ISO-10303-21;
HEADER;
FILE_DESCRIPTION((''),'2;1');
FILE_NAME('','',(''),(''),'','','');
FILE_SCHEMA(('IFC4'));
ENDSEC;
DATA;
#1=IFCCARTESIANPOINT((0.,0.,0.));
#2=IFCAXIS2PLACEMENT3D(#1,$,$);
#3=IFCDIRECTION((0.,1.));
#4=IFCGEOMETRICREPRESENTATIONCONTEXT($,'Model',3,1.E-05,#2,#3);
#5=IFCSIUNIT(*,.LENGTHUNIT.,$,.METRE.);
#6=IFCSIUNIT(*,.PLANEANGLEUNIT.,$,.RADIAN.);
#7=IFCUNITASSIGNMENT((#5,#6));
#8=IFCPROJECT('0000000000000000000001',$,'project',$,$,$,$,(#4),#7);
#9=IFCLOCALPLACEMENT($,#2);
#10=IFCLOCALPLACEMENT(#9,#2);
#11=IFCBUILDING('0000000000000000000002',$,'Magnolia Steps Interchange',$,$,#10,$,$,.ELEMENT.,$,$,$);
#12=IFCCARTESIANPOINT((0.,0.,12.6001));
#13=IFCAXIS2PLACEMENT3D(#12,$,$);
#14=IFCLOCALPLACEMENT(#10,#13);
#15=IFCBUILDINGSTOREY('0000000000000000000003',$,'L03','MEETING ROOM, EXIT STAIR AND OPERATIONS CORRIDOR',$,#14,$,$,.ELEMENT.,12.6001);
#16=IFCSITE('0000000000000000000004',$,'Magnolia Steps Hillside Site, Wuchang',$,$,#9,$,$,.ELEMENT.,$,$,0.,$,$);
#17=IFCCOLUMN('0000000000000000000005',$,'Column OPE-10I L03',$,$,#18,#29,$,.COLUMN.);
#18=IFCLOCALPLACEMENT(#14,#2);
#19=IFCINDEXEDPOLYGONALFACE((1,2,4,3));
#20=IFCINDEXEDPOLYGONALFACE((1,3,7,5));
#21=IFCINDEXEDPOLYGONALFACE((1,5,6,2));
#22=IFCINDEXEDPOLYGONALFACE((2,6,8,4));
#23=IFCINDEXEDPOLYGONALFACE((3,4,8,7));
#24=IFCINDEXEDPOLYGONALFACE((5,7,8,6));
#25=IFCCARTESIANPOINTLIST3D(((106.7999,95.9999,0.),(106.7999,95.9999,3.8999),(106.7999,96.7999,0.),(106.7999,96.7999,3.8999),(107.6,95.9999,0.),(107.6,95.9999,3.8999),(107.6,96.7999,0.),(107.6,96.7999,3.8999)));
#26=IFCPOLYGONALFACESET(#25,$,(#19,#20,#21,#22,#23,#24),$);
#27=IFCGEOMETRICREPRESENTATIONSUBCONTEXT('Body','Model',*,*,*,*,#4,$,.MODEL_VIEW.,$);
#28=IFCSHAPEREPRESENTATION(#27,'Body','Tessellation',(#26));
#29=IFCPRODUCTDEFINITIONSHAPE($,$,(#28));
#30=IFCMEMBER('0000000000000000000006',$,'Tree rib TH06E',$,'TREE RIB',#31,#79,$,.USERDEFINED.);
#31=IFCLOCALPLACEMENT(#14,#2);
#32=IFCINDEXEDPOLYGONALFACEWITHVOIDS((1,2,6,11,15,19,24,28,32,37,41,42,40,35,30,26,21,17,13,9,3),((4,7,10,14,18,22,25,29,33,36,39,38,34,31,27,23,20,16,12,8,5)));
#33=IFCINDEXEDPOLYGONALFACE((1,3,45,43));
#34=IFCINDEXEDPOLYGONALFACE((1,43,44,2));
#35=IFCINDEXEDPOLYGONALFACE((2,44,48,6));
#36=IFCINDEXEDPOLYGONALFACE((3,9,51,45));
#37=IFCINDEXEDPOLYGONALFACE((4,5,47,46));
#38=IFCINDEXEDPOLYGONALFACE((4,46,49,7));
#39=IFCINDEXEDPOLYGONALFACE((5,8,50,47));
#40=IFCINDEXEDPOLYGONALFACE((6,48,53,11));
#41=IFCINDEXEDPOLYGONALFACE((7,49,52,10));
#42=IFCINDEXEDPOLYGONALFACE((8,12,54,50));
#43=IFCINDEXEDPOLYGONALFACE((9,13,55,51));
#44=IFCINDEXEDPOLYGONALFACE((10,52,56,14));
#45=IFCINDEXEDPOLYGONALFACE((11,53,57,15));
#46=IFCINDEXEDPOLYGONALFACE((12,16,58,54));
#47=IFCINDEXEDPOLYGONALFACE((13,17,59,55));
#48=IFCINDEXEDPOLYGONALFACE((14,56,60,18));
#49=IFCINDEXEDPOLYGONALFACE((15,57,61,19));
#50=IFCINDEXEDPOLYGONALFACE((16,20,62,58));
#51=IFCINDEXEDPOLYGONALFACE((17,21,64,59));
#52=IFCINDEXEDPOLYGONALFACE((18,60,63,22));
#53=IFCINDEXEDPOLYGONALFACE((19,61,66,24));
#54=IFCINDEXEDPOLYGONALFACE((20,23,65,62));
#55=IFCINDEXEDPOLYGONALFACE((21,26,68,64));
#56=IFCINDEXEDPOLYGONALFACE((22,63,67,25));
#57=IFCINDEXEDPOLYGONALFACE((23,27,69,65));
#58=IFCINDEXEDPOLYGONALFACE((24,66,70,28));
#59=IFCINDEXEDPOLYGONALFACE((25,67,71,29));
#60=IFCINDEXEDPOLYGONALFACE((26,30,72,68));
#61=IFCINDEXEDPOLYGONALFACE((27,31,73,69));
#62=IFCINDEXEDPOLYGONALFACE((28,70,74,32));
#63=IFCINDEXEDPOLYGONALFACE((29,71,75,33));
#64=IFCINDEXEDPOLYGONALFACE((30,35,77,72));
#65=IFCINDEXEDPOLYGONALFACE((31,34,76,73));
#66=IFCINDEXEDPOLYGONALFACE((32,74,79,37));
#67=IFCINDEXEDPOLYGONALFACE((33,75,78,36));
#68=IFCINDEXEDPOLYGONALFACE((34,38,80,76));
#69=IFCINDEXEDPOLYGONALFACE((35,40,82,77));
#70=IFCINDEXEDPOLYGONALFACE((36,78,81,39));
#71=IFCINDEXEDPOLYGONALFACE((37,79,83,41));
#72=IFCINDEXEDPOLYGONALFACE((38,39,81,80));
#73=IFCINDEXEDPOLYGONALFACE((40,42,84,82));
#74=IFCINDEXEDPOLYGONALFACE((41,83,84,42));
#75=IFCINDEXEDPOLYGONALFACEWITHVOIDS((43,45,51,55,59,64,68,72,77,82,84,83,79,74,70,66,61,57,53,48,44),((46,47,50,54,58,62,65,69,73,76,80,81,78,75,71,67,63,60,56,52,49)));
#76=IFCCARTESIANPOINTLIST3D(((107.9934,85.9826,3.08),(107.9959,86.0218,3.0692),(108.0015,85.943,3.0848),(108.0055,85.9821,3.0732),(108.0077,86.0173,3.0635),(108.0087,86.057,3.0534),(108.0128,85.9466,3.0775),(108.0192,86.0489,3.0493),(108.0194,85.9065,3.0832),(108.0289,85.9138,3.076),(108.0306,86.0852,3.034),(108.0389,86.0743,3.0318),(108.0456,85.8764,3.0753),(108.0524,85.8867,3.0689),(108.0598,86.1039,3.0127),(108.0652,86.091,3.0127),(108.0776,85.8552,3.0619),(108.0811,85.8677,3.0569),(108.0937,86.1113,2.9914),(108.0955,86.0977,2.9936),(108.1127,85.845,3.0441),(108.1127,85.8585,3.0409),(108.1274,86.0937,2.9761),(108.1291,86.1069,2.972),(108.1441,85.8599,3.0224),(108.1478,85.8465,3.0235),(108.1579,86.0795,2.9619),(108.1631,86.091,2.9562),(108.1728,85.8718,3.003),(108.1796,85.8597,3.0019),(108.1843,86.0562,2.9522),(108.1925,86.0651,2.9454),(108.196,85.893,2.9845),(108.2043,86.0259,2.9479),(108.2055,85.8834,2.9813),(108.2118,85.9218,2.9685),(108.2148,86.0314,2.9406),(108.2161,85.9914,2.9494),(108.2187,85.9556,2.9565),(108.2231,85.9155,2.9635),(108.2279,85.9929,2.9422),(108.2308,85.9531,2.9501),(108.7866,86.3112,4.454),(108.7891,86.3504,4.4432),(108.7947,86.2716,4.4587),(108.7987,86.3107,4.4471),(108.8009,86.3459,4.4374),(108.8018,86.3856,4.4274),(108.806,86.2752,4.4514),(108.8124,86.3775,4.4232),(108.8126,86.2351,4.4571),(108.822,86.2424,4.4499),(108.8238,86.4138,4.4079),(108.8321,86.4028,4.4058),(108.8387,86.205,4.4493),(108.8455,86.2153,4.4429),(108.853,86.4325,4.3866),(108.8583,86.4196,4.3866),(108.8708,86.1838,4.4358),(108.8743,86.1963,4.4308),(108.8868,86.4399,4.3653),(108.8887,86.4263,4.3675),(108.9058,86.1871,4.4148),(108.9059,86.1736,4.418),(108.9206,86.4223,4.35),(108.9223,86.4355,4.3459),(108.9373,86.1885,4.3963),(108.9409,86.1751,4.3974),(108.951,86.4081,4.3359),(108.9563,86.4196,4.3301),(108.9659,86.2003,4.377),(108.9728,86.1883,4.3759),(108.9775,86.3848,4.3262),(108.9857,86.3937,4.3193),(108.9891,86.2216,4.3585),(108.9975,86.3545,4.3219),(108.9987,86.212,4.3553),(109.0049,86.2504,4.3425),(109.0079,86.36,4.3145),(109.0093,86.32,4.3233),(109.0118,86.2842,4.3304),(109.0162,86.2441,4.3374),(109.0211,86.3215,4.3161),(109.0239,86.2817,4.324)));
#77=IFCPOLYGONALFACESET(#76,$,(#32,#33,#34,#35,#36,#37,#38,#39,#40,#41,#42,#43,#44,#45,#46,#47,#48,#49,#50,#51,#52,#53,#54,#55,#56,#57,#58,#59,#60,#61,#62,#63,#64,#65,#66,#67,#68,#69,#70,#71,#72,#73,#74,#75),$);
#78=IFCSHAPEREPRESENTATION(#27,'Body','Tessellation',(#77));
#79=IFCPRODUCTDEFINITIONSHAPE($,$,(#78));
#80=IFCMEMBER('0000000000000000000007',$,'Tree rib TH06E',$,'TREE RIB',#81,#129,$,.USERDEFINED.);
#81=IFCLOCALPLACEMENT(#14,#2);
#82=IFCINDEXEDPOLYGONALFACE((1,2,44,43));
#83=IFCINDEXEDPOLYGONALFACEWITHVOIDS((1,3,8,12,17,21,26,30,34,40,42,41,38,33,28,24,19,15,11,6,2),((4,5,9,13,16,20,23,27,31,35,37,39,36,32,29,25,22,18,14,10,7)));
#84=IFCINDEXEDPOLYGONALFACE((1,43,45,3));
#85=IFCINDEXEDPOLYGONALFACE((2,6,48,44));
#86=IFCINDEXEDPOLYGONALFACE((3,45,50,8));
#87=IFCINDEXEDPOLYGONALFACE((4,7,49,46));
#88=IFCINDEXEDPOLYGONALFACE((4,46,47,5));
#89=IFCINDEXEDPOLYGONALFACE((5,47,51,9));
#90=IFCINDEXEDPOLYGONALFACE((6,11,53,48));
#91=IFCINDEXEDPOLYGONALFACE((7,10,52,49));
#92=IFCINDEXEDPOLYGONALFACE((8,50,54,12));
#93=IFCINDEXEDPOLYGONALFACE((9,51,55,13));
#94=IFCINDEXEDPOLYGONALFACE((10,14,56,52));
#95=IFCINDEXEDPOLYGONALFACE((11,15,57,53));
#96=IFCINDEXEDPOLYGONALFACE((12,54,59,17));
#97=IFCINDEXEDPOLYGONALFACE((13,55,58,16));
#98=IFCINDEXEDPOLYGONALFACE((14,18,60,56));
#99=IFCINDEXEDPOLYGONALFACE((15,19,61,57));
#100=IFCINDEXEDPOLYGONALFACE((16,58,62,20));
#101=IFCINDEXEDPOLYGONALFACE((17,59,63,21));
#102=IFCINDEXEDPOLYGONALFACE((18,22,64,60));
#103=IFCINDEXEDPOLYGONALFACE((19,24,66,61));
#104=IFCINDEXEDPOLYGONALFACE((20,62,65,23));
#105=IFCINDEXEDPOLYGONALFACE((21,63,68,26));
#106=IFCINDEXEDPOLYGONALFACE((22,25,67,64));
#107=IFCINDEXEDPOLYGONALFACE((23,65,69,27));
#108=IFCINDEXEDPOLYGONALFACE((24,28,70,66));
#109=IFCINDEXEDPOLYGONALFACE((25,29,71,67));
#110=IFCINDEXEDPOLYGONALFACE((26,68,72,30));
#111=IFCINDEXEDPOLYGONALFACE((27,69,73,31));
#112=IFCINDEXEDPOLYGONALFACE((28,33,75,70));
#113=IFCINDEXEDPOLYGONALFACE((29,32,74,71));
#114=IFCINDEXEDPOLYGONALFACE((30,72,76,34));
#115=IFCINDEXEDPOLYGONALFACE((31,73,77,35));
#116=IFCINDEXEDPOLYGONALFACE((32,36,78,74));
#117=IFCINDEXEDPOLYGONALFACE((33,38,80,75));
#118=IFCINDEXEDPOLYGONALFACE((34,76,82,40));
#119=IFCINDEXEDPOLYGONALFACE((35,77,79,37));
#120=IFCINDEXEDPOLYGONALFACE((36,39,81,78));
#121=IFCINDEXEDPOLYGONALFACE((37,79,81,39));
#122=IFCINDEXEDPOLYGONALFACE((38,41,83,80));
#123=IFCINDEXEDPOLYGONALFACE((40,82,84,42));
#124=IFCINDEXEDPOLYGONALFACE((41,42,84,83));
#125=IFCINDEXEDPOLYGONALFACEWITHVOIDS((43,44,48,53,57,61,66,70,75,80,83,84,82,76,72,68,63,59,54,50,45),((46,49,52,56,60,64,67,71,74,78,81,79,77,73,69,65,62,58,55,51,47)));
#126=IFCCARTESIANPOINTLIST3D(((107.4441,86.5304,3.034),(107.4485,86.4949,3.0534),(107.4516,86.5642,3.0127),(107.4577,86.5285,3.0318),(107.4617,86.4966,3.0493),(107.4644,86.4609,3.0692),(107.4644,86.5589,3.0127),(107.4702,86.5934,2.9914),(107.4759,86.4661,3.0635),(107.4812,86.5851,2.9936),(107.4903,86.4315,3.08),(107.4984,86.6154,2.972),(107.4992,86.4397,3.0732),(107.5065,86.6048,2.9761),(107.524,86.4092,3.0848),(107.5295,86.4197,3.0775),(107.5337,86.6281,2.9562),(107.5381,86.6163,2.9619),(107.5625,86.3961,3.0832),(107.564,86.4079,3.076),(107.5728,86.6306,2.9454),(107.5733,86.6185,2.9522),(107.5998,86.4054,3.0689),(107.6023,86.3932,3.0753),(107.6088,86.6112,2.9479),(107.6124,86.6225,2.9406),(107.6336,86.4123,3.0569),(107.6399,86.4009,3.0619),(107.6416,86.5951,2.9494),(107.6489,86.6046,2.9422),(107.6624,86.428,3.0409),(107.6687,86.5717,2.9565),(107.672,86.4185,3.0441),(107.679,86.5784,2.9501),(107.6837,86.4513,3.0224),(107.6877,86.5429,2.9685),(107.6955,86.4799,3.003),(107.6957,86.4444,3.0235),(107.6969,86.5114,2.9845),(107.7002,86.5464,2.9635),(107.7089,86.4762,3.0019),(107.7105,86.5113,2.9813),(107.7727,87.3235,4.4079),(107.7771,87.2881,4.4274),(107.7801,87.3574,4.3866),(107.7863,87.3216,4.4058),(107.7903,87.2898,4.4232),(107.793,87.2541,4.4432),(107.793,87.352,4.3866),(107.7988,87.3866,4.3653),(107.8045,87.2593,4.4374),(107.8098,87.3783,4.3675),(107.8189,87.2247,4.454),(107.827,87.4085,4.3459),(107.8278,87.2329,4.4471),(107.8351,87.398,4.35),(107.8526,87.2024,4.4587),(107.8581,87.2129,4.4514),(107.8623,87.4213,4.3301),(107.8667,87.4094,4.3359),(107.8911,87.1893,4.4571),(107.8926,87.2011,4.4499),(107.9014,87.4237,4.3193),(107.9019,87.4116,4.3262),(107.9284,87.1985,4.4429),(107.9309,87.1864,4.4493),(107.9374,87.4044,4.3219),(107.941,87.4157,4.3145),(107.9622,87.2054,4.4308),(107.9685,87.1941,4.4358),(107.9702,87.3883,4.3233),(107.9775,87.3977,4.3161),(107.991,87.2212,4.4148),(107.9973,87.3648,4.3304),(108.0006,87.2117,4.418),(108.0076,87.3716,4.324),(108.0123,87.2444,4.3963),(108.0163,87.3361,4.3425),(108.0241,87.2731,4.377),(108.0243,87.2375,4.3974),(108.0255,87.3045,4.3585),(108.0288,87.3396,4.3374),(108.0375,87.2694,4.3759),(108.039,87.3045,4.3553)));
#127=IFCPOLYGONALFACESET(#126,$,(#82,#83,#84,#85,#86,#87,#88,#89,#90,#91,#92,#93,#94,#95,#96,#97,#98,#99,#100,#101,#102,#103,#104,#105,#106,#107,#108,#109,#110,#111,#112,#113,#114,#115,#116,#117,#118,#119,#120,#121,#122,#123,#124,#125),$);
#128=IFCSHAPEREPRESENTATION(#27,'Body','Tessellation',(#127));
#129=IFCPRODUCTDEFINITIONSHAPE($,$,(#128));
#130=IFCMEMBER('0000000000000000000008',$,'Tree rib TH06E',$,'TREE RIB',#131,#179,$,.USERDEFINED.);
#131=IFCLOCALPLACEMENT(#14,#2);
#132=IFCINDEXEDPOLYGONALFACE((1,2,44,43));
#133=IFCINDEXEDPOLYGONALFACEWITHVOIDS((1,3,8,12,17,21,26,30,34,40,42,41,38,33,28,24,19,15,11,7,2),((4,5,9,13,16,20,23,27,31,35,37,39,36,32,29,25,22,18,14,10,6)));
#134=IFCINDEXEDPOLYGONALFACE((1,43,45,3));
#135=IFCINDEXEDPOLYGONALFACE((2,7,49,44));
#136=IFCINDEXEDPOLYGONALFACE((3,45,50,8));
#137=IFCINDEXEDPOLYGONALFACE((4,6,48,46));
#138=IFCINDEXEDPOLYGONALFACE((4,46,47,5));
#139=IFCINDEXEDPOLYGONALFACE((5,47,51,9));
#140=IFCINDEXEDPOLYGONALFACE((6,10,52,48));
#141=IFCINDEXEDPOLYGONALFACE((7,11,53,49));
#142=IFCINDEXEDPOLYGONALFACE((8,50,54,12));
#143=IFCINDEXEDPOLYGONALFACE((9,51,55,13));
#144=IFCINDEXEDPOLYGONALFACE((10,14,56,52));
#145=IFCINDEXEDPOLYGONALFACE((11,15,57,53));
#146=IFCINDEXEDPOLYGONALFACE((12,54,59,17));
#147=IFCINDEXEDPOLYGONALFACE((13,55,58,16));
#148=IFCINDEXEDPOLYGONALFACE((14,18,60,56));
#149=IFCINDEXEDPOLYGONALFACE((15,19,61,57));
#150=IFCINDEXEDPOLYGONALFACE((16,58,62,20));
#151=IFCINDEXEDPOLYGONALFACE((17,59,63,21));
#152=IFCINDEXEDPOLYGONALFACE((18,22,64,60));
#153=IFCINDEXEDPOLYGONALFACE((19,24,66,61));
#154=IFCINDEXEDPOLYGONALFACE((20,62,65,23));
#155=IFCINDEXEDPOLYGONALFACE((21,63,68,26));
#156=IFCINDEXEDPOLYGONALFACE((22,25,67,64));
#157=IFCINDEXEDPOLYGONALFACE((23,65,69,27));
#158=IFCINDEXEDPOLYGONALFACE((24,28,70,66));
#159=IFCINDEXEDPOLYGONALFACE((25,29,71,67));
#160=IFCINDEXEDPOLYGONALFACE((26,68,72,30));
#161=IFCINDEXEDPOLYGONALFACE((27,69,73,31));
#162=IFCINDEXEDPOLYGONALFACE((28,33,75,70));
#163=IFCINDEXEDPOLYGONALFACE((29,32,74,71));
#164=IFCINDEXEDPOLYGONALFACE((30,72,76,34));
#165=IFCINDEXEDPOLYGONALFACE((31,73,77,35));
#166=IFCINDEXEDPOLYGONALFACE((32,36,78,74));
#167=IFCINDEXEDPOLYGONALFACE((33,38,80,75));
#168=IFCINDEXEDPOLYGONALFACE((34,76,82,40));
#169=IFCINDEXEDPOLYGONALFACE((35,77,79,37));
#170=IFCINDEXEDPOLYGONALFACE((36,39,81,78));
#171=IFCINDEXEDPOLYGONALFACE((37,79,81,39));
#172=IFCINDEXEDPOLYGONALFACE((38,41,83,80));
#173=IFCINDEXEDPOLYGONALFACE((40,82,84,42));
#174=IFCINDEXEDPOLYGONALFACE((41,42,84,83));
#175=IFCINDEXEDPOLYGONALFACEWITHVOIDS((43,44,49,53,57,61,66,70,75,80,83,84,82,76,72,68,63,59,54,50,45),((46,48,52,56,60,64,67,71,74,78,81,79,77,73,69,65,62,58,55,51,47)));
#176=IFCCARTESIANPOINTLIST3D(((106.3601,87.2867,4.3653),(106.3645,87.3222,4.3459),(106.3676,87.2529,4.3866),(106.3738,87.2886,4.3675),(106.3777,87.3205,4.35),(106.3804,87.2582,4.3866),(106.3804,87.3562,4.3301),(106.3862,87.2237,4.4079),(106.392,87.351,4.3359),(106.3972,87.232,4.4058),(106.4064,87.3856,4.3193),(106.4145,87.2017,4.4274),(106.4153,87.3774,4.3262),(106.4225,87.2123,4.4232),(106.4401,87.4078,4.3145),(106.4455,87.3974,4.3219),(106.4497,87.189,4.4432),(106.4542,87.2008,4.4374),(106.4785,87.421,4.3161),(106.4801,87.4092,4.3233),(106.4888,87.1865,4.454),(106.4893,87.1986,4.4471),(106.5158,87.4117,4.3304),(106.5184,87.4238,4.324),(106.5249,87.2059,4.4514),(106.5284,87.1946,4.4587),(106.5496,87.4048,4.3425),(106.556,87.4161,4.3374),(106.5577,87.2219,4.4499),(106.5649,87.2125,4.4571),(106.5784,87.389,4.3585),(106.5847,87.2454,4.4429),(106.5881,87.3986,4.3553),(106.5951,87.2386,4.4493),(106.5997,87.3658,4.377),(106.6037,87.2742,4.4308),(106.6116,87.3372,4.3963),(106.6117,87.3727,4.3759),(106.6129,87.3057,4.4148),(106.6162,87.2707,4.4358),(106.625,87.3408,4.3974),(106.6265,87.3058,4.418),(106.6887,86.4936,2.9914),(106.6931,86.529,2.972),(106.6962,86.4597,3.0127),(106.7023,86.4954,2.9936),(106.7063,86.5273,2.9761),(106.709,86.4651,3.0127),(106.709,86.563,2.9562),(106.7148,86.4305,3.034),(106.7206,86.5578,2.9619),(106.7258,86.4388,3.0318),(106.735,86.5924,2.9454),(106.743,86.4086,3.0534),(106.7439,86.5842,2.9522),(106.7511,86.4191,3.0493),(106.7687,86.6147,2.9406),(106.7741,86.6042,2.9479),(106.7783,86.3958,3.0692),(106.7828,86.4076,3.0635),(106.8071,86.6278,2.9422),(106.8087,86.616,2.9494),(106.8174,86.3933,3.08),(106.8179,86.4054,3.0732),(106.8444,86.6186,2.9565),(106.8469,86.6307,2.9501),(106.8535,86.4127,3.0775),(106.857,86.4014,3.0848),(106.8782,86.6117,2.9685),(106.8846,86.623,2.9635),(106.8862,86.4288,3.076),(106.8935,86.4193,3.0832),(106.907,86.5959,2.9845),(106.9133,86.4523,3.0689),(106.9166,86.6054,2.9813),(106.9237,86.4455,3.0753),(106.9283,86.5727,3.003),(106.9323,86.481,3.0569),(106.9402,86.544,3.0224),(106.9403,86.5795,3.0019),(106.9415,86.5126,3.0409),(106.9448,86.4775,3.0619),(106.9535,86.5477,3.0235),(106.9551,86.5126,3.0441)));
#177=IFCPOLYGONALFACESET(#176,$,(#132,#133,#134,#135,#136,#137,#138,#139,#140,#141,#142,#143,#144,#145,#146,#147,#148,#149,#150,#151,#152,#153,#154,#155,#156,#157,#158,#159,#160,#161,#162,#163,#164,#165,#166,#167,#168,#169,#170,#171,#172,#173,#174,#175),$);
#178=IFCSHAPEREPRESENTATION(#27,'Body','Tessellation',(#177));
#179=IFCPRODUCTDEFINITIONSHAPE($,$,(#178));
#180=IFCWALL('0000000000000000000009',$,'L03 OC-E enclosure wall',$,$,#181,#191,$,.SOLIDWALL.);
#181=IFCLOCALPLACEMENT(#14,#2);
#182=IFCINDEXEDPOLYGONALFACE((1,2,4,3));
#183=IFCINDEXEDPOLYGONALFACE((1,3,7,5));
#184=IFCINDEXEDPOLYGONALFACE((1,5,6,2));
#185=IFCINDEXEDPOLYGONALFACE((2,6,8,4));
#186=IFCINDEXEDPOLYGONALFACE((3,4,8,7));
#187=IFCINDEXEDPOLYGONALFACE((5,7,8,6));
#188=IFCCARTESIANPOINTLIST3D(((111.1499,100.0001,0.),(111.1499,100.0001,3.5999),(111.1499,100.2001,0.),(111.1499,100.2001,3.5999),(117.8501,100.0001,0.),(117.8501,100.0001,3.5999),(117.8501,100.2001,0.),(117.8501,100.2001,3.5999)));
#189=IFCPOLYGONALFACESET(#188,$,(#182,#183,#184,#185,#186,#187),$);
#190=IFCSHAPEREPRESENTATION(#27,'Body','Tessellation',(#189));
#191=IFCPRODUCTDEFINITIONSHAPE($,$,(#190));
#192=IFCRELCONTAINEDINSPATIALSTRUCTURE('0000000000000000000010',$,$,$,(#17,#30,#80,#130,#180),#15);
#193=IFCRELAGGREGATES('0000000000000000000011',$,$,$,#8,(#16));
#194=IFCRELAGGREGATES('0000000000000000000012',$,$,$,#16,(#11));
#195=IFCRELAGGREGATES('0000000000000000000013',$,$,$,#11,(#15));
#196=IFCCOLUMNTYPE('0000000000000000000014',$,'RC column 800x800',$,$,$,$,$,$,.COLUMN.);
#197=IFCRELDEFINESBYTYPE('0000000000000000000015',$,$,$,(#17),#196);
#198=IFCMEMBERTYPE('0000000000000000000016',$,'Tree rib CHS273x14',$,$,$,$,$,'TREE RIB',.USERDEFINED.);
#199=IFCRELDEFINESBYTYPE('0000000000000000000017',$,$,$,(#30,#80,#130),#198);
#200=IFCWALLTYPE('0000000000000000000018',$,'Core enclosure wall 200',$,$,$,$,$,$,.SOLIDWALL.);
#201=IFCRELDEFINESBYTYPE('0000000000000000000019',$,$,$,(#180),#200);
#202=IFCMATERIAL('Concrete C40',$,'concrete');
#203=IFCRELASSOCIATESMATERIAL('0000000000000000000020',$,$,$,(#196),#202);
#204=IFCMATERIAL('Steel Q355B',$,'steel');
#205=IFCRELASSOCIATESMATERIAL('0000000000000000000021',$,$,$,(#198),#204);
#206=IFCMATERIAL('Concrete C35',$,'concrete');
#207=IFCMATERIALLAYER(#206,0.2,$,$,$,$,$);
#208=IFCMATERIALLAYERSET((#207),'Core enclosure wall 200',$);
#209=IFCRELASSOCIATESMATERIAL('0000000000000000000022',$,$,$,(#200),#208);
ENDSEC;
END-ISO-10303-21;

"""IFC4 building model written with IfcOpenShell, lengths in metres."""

from ifc_helpers import new_model, si_unit, direction, frame, frame_2d, origin, origin_2d, place, context, subcontext, project, spatial, rectangle, hollow_circle, extrude, material, layer, layer_set, material_profile, profile_set, type_object, element, save


model = new_model("IFC4")

# Units and contexts
model_context = context("Model", 3, precision=1e-05, world=origin(), true_north=direction((0.0, 1.0)))
body_context = subcontext(model_context, "Body", "Model", "MODEL_VIEW")
ifc_project = project(units=[si_unit("LENGTHUNIT", "METRE"), si_unit("PLANEANGLEUNIT", "RADIAN")], contexts=[model_context])

# Site, building, storey
site_placement = place(None, origin())
site = spatial("IfcSite", under=ifc_project, at=site_placement, Name="Magnolia Steps Hillside Site, Wuchang", CompositionType="ELEMENT", RefElevation=0.0)
building_placement = place(site_placement, origin())
building = spatial("IfcBuilding", under=site, at=building_placement, Name="Magnolia Steps Interchange", CompositionType="ELEMENT")
storey_placement = place(building_placement, frame((0.0, 0.0, 12.6001)))
storey = spatial("IfcBuildingStorey", under=building, at=storey_placement, Name="L03", Description="MEETING ROOM, EXIT STAIR AND OPERATIONS CORRIDOR", CompositionType="ELEMENT", Elevation=12.6001)

# Column
ifc_material_1 = material(Name="Concrete C40", Category="concrete")
ifc_material_profile_1 = material_profile(ifc_material_1, rectangle(XDim=0.8, YDim=0.8, at=origin_2d()), Name="RC800x800")
ifc_profile_set_1 = profile_set([ifc_material_profile_1], Name="Concrete C40")
column_type = type_object("IfcColumnType", Name="RC column 800x800", PredefinedType="COLUMN", material=ifc_profile_set_1)
column_placement = place(storey_placement, frame((107.2, 96.3999, 0.0), z_axis=(0.0, 0.0, 1.0), x_axis=(1.0, 0.0, 0.0)))
element("IfcColumn", 1, at=column_placement, inside=storey, type_object=column_type, Name="Column OPE-10I L03", PredefinedType="COLUMN", context=body_context, shape_type="SweptSolid", body=[
    extrude(rectangle(XDim=0.8, YDim=0.8, at=origin_2d()), origin(), (0.0, 0.0, 1.0), 3.8999),
])

# Members
ifc_material_2 = material(Name="Steel Q355B", Category="steel")
ifc_material_profile_2 = material_profile(ifc_material_2, hollow_circle(Radius=0.1365, WallThickness=0.0139, at=origin_2d()), Name="CHS273x14")
ifc_profile_set_2 = profile_set([ifc_material_profile_2], Name="Steel Q355B")
member_type = type_object("IfcMemberType", Name="Tree rib CHS273x14", ElementType="TREE RIB", PredefinedType="USERDEFINED", material=ifc_profile_set_2)
for number, where, z_axis, x_axis, name in (
    (2, (108.1121, 85.9778, 3.0127), (0.489571, 0.20282, 0.848047), (-0.382737, 0.923857, 0.0), "Tree rib TH06E"),
    (3, (107.5776, 86.512, 3.0127), (0.20282, 0.489571, 0.848047), (-0.923857, 0.382737, 0.0), "Tree rib TH06E"),
    (4, (106.8223, 86.512, 3.0127), (-0.20282, 0.489571, 0.848047), (-0.923857, -0.382737, 0.0), "Tree rib TH06E"),
):
    element("IfcMember", number, at=place(storey_placement, frame(where, z_axis=z_axis, x_axis=x_axis)), inside=storey, type_object=member_type, Name=name, ObjectType="TREE RIB", PredefinedType="USERDEFINED", context=body_context, shape_type="SweptSolid", body=[
        extrude(hollow_circle(Radius=0.1365, WallThickness=0.0139, at=origin_2d()), origin(), (0.0, 0.0, 1.0), 1.6201),
    ])

# Wall
ifc_material_3 = material(Name="Concrete C35", Category="concrete")
ifc_layer_1 = layer(ifc_material_3, 0.2)
ifc_layer_set_1 = layer_set([ifc_layer_1], Name="Core enclosure wall 200")
wall_type_1 = type_object("IfcWallType", Name="Core enclosure wall 200", PredefinedType="SOLIDWALL", material=ifc_layer_set_1)
wall_1_placement = place(storey_placement, frame((111.1499, 100.1001, 0.0), z_axis=(0.0, 0.0, 1.0), x_axis=(1.0, 0.0, 0.0)))
element("IfcWall", 5, at=wall_1_placement, inside=storey, type_object=wall_type_1, Name="L03 OC-E enclosure wall", PredefinedType="SOLIDWALL", context=body_context, shape_type="SweptSolid", body=[
    extrude(rectangle(XDim=6.7002, YDim=0.2, at=frame_2d((3.3501, 0.0))), origin(), (0.0, 0.0, 1.0), 3.5999),
])

save(model, "model.ifc")
